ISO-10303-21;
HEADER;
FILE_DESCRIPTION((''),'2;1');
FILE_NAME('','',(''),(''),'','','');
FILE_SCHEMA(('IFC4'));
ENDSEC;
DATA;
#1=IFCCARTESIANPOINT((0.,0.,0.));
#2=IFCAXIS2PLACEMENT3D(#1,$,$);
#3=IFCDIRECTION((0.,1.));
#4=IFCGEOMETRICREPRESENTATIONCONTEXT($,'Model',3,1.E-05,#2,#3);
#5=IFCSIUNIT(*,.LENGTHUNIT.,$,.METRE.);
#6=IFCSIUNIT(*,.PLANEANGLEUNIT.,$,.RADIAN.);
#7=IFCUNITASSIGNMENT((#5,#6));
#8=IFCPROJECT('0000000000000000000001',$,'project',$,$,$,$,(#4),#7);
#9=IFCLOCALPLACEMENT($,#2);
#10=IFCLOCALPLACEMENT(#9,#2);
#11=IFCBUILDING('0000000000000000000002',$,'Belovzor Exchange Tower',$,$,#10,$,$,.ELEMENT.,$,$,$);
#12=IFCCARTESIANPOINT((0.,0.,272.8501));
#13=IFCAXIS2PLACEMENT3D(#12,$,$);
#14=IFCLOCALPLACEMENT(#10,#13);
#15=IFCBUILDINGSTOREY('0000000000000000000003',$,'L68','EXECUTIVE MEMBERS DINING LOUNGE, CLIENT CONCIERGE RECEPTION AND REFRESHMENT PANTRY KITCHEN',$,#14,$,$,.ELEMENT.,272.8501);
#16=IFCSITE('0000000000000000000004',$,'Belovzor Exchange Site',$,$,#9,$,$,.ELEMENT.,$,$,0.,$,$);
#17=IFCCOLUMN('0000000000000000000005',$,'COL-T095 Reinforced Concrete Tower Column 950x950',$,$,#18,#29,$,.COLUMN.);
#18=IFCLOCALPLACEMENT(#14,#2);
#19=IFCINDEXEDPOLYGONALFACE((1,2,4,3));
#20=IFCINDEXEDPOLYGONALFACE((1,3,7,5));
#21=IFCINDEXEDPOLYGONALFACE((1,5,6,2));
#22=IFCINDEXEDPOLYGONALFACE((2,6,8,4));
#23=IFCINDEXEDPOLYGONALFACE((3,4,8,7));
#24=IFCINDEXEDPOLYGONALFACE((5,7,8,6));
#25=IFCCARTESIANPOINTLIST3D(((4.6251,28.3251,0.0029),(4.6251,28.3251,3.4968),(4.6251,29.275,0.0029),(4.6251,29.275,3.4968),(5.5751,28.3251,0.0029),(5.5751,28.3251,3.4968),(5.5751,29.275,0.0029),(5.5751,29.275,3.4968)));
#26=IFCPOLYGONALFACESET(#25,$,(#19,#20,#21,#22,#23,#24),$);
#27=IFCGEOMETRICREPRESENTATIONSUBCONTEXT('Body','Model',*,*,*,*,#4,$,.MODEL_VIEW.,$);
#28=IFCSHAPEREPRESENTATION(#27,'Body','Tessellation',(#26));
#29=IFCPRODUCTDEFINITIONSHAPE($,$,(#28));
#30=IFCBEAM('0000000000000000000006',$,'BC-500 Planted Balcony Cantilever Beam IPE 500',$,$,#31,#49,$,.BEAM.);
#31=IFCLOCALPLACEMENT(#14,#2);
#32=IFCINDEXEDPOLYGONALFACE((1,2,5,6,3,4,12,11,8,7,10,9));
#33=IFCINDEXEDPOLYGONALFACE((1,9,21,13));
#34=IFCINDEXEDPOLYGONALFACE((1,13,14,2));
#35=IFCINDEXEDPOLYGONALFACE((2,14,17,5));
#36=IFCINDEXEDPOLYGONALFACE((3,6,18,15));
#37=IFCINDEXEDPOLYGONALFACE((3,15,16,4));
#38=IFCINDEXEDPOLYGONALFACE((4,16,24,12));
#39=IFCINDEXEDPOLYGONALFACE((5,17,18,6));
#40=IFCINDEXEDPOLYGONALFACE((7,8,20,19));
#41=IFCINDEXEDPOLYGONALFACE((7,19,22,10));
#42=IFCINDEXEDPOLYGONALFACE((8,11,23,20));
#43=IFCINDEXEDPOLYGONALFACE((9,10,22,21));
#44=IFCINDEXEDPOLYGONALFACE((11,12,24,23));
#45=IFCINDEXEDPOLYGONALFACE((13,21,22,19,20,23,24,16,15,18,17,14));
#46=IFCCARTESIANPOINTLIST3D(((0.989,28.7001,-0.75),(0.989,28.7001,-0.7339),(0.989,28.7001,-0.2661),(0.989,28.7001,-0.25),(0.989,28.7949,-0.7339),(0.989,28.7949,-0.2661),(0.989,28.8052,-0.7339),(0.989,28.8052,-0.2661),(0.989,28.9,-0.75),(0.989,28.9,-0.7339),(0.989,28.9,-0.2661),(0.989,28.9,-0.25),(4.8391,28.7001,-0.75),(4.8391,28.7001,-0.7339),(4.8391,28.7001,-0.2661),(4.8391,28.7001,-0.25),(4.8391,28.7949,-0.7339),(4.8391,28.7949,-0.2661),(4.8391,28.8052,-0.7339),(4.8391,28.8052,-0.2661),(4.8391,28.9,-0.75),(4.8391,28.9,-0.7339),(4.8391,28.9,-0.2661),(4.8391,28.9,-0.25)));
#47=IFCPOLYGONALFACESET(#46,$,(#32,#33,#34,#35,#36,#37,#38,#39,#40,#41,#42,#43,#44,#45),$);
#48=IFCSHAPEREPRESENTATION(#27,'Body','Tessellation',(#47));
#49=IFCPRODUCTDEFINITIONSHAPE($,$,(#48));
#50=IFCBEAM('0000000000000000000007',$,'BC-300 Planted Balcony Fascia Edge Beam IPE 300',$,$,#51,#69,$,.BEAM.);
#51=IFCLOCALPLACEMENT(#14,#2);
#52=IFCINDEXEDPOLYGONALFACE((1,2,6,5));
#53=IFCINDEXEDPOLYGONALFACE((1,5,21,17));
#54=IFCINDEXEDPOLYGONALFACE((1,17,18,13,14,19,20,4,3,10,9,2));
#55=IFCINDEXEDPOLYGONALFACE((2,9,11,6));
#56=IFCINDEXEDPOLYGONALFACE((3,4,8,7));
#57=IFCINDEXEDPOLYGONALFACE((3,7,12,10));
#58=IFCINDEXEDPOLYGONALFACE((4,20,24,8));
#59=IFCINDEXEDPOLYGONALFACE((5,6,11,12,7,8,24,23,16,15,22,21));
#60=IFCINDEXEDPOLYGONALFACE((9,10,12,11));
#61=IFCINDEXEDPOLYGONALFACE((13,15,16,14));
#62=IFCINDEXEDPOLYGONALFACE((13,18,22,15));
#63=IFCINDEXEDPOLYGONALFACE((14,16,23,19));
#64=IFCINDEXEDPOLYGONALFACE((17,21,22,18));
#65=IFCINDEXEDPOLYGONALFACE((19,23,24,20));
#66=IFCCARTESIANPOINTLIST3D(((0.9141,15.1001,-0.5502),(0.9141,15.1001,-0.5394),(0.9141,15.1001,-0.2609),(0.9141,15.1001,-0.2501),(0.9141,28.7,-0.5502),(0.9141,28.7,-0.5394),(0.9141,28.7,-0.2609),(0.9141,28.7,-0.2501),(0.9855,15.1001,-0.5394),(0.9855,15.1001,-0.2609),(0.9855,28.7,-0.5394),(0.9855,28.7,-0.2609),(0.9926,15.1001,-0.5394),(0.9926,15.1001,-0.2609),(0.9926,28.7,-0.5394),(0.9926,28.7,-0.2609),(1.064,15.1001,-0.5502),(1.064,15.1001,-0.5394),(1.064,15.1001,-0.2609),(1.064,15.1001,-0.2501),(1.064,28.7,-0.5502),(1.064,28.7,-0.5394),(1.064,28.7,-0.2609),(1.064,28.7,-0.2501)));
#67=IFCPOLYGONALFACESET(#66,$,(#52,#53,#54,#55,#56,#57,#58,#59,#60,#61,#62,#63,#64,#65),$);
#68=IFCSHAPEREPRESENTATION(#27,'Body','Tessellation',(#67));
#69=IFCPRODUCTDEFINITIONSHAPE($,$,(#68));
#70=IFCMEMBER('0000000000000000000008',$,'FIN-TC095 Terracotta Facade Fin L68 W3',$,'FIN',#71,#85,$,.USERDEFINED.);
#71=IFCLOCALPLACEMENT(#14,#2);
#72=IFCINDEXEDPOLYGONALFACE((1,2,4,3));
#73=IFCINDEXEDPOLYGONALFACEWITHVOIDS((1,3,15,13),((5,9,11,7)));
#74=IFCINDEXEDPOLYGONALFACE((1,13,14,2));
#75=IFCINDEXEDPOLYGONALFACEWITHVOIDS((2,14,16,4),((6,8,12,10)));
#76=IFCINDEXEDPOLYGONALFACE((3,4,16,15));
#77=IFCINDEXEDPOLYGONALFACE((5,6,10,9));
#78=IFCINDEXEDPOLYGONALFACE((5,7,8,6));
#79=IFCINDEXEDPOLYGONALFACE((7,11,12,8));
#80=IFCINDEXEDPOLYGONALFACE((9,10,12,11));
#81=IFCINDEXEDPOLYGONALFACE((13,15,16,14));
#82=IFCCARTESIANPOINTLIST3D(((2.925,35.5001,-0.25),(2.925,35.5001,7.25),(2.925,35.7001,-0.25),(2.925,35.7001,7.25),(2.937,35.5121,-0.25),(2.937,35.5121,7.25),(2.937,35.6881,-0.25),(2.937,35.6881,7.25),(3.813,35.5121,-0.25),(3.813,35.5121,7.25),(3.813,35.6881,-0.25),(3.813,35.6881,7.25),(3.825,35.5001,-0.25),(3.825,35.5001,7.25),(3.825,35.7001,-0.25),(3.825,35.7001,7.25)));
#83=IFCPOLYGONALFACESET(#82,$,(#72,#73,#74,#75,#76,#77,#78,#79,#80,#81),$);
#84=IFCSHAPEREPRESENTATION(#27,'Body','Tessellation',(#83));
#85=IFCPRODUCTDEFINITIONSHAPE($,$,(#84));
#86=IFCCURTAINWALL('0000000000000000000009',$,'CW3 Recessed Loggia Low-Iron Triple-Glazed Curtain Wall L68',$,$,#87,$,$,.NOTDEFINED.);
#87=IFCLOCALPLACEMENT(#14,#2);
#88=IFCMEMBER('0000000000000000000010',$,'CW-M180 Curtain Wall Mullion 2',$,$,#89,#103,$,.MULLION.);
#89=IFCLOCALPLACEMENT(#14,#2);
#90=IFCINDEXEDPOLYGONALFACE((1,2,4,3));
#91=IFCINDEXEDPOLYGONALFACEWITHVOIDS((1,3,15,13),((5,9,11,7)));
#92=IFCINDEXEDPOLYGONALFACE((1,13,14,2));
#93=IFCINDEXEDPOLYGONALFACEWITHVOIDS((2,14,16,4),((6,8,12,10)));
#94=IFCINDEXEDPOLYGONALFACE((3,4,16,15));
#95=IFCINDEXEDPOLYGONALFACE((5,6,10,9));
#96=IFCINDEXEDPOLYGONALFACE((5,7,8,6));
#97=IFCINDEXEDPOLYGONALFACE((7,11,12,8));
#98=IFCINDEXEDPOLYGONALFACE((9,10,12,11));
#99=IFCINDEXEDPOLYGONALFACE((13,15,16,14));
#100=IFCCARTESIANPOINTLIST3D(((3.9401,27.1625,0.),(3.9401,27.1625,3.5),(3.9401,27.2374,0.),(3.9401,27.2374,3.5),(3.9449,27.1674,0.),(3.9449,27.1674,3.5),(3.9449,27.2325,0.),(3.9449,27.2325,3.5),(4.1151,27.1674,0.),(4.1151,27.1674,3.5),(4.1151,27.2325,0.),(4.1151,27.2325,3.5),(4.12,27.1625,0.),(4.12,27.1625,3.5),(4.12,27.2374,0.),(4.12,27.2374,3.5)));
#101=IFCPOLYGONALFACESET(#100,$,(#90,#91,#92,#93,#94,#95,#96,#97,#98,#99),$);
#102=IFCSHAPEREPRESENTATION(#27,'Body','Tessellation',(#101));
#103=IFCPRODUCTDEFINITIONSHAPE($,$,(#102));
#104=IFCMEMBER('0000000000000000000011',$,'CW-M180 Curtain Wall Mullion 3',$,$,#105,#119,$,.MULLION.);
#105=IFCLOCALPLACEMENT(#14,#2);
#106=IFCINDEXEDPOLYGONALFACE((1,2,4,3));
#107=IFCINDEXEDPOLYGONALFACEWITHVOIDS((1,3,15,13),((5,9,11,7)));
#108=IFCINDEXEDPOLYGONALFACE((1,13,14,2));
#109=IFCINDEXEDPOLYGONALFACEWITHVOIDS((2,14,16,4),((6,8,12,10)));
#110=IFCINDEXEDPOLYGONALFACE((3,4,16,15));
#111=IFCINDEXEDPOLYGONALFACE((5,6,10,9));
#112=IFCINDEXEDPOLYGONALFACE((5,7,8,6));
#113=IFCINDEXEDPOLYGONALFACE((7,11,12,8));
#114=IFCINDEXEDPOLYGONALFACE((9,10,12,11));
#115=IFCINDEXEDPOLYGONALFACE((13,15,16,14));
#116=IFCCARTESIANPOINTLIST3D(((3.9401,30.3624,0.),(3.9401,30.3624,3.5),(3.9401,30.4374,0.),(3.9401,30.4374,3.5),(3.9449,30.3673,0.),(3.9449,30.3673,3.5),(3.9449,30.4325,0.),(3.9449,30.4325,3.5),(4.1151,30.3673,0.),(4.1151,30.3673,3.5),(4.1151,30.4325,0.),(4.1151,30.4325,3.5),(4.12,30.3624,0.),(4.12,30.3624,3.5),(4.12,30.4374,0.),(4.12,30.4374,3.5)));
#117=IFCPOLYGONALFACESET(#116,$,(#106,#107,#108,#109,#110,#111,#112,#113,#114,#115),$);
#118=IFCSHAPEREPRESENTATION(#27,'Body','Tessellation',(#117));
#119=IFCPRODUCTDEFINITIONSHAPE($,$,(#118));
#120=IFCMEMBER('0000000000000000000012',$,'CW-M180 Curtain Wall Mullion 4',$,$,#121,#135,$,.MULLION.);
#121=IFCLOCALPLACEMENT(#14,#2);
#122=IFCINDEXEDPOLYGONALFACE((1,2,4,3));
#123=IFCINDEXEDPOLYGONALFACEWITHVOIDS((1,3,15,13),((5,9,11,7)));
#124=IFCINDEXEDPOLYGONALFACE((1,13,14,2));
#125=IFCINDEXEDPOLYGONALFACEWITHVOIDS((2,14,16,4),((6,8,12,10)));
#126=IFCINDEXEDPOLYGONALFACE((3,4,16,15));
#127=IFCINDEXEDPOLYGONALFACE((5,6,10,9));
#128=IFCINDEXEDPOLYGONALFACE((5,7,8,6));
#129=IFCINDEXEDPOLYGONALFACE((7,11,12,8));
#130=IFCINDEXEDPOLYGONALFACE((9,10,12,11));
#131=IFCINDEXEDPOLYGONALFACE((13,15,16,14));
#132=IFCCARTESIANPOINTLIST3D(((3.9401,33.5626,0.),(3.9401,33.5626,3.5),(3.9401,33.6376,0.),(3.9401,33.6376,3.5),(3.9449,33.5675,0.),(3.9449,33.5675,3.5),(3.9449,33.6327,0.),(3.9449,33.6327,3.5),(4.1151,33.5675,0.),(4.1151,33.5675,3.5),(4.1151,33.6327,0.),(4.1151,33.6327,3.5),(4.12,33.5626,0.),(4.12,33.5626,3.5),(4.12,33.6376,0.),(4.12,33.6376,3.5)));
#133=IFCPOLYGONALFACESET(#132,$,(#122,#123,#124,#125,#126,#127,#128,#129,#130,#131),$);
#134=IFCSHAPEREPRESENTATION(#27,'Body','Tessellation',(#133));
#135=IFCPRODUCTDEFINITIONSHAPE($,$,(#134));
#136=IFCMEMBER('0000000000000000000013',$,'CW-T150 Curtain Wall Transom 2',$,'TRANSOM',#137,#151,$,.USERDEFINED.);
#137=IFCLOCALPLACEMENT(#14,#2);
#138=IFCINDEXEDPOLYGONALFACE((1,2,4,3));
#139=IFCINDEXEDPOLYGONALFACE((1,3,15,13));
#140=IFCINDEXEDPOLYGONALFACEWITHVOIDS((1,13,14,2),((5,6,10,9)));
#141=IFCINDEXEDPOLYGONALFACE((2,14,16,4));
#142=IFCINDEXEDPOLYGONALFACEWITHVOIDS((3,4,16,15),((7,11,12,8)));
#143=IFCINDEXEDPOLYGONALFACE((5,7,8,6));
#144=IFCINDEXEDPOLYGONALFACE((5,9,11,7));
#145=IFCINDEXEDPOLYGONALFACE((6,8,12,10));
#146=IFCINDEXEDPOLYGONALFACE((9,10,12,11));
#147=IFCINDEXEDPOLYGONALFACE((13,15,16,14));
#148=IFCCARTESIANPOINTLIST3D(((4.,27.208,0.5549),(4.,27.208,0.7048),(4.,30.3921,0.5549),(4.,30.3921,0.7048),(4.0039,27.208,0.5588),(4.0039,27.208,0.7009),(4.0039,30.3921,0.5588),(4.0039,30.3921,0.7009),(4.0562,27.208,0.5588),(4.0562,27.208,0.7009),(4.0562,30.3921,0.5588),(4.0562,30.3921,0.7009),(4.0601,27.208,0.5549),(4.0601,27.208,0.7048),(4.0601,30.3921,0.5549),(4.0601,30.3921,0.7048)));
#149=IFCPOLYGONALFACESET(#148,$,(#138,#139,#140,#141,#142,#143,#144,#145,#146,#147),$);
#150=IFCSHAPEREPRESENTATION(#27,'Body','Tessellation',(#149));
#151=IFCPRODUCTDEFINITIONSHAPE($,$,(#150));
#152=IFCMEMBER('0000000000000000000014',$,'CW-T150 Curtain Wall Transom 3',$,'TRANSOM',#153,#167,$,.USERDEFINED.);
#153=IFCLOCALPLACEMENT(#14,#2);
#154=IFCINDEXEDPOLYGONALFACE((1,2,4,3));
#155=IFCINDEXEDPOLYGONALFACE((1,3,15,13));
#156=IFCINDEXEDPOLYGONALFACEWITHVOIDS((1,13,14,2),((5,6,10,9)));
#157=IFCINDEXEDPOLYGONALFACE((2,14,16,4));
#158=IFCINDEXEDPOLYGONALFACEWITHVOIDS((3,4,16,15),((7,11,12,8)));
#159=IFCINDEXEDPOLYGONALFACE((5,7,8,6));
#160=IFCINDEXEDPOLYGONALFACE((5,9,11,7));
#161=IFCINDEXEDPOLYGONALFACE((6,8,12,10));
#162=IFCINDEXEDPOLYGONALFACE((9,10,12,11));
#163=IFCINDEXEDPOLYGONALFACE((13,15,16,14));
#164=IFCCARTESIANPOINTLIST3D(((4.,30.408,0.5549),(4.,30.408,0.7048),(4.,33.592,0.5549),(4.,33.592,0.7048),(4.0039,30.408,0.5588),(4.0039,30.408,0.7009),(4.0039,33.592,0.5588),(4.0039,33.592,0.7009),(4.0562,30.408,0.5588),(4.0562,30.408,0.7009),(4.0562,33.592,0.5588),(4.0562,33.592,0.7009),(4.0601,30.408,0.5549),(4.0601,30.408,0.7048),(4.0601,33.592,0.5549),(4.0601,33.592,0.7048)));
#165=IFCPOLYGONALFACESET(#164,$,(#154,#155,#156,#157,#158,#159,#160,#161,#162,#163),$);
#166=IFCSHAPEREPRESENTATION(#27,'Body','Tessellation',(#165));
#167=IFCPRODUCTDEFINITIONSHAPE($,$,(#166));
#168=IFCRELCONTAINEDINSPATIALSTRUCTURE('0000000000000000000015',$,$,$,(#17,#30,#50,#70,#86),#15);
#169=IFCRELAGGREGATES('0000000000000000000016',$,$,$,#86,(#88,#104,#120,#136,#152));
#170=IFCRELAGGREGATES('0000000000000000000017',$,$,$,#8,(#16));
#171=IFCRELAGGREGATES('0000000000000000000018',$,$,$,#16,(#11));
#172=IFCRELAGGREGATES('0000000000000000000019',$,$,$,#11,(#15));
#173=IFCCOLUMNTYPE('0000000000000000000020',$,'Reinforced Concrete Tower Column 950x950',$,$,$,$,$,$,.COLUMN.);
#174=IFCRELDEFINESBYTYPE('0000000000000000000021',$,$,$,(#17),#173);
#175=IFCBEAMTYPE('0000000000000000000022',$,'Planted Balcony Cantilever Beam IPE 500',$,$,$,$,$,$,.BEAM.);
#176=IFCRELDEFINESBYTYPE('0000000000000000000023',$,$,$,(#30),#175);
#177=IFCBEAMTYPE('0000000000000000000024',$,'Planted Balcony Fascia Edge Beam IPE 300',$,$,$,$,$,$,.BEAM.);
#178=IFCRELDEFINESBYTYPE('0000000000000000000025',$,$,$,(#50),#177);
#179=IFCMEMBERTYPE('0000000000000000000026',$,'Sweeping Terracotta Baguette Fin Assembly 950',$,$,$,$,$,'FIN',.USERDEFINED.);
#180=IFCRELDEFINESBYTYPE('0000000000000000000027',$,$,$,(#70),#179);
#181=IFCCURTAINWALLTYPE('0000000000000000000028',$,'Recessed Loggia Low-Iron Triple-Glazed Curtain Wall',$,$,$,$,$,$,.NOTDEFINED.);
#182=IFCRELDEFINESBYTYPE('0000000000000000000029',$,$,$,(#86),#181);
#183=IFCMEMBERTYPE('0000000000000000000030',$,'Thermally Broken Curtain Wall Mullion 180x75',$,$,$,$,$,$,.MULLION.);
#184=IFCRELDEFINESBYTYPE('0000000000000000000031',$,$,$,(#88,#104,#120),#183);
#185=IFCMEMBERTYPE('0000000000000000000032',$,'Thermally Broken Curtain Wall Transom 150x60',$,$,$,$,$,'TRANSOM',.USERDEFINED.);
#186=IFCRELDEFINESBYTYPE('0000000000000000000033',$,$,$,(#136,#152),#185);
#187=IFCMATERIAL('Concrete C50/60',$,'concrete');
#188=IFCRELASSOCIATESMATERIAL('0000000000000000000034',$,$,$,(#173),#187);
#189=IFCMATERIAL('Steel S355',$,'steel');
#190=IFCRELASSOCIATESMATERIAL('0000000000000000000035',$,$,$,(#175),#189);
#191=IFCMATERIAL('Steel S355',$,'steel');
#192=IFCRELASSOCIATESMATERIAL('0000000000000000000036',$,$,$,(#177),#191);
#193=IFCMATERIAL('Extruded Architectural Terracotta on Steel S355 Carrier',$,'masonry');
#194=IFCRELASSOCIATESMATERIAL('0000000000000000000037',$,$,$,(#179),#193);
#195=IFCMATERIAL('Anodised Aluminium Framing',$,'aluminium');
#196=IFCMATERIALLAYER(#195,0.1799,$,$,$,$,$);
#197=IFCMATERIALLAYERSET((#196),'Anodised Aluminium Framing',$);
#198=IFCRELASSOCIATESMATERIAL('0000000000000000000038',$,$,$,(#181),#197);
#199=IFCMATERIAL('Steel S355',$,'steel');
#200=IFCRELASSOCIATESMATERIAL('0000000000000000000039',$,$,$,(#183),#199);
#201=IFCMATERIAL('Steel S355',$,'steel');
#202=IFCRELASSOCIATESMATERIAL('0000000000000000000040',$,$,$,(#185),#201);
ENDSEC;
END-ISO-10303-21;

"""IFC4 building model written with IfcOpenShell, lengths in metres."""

from ifc_helpers import new_model, si_unit, direction, frame, origin, origin_2d, place, context, subcontext, project, spatial, rectangle, hollow_rectangle, i_section, extrude, material, layer, layer_set, material_profile, profile_set, type_object, element, aggregate, save


model = new_model("IFC4")

# Units and contexts
model_context = context("Model", 3, precision=1e-05, world=origin(), true_north=direction((0.0, 1.0)))
body_context = subcontext(model_context, "Body", "Model", "MODEL_VIEW")
ifc_project = project(units=[si_unit("LENGTHUNIT", "METRE"), si_unit("PLANEANGLEUNIT", "RADIAN")], contexts=[model_context])

# Site, building, storey
site_placement = place(None, origin())
site = spatial("IfcSite", under=ifc_project, at=site_placement, Name="Belovzor Exchange Site", CompositionType="ELEMENT", RefElevation=0.0)
building_placement = place(site_placement, origin())
building = spatial("IfcBuilding", under=site, at=building_placement, Name="Belovzor Exchange Tower", CompositionType="ELEMENT")
storey_placement = place(building_placement, frame((0.0, 0.0, 272.8501)))
storey = spatial("IfcBuildingStorey", under=building, at=storey_placement, Name="L68", Description="EXECUTIVE MEMBERS DINING LOUNGE, CLIENT CONCIERGE RECEPTION AND REFRESHMENT PANTRY KITCHEN", CompositionType="ELEMENT", Elevation=272.8501)

# Column
ifc_material_1 = material(Name="Concrete C50/60", Category="concrete")
ifc_material_profile_1 = material_profile(ifc_material_1, rectangle(XDim=0.95, YDim=0.95, at=origin_2d()))
ifc_profile_set_1 = profile_set([ifc_material_profile_1], Name="Concrete C50/60")
column_type = type_object("IfcColumnType", Name="Reinforced Concrete Tower Column 950x950", PredefinedType="COLUMN", material=ifc_profile_set_1)
column_placement = place(storey_placement, frame((5.1001, 28.8, 0.0029), z_axis=(0.0, 0.0, 1.0), x_axis=(1.0, 0.0, 0.0)))
element("IfcColumn", 1, at=column_placement, inside=storey, type_object=column_type, Name="COL-T095 Reinforced Concrete Tower Column 950x950", PredefinedType="COLUMN", context=body_context, shape_type="SweptSolid", body=[
    extrude(rectangle(XDim=0.95, YDim=0.95, at=origin_2d()), origin(), (0.0, 0.0, 1.0), 3.4939),
])

# Beams
ifc_material_2 = material(Name="Steel S355", Category="steel")
ifc_material_profile_2 = material_profile(ifc_material_2, i_section(OverallWidth=0.2, OverallDepth=0.5, WebThickness=0.0103, FlangeThickness=0.0161, at=origin_2d()))
ifc_profile_set_2 = profile_set([ifc_material_profile_2], Name="Steel S355")
beam_type_1 = type_object("IfcBeamType", Name="Planted Balcony Cantilever Beam IPE 500", PredefinedType="BEAM", material=ifc_profile_set_2)
beam_1_placement = place(storey_placement, frame((4.8391, 28.8, -0.5), z_axis=(-1.0, 0.0, 0.0), x_axis=(0.0, -1.0, 0.0)))
element("IfcBeam", 2, at=beam_1_placement, inside=storey, type_object=beam_type_1, Name="BC-500 Planted Balcony Cantilever Beam IPE 500", PredefinedType="BEAM", context=body_context, shape_type="SweptSolid", body=[
    extrude(i_section(OverallWidth=0.2, OverallDepth=0.5, WebThickness=0.0103, FlangeThickness=0.0161, at=origin_2d()), origin(), (0.0, 0.0, 1.0), 3.8501),
])
ifc_material_3 = material(Name="Steel S355", Category="steel")
ifc_material_profile_3 = material_profile(ifc_material_3, i_section(OverallWidth=0.1499, OverallDepth=0.3, WebThickness=0.0071, FlangeThickness=0.0107, at=origin_2d()))
ifc_profile_set_3 = profile_set([ifc_material_profile_3], Name="Steel S355")
beam_type_2 = type_object("IfcBeamType", Name="Planted Balcony Fascia Edge Beam IPE 300", PredefinedType="BEAM", material=ifc_profile_set_3)
beam_2_placement = place(storey_placement, frame((0.989, 28.7, -0.4001), z_axis=(0.0, -1.0, 0.0), x_axis=(1.0, 0.0, 0.0)))
element("IfcBeam", 3, at=beam_2_placement, inside=storey, type_object=beam_type_2, Name="BC-300 Planted Balcony Fascia Edge Beam IPE 300", PredefinedType="BEAM", context=body_context, shape_type="SweptSolid", body=[
    extrude(i_section(OverallWidth=0.1499, OverallDepth=0.3, WebThickness=0.0071, FlangeThickness=0.0107, at=origin_2d()), origin(), (0.0, 0.0, 1.0), 13.5999),
])

# Member
ifc_material_4 = material(Name="Extruded Architectural Terracotta on Steel S355 Carrier", Category="masonry")
ifc_material_profile_4 = material_profile(ifc_material_4, hollow_rectangle(XDim=0.2, YDim=0.8999, WallThickness=0.012, at=origin_2d()))
ifc_profile_set_4 = profile_set([ifc_material_profile_4], Name="Extruded Architectural Terracotta on Steel S355 Carrier")
member_type_1 = type_object("IfcMemberType", Name="Sweeping Terracotta Baguette Fin Assembly 950", ElementType="FIN", PredefinedType="USERDEFINED", material=ifc_profile_set_4)
member_1_placement = place(storey_placement, frame((3.375, 35.6001, -0.25), z_axis=(0.0, 0.0, 1.0), x_axis=(0.0, 1.0, 0.0)))
element("IfcMember", 4, at=member_1_placement, inside=storey, type_object=member_type_1, Name="FIN-TC095 Terracotta Facade Fin L68 W3", ObjectType="FIN", PredefinedType="USERDEFINED", context=body_context, shape_type="SweptSolid", body=[
    extrude(hollow_rectangle(XDim=0.2, YDim=0.8999, WallThickness=0.012, at=origin_2d()), origin(), (0.0, 0.0, 1.0), 7.5),
])

# Curtain wall, members
ifc_material_5 = material(Name="Anodised Aluminium Framing", Category="aluminium")
ifc_layer_1 = layer(ifc_material_5, 0.1799)
ifc_layer_set_1 = layer_set([ifc_layer_1], Name="Anodised Aluminium Framing")
curtain_wall_type = type_object("IfcCurtainWallType", Name="Recessed Loggia Low-Iron Triple-Glazed Curtain Wall", PredefinedType="NOTDEFINED", material=ifc_layer_set_1)
curtain_wall_placement = place(storey_placement, origin())
curtain_wall = element("IfcCurtainWall", 5, at=curtain_wall_placement, inside=storey, type_object=curtain_wall_type, Name="CW3 Recessed Loggia Low-Iron Triple-Glazed Curtain Wall L68", PredefinedType="NOTDEFINED")
ifc_material_6 = material(Name="Steel S355", Category="steel")
ifc_material_profile_5 = material_profile(ifc_material_6, hollow_rectangle(XDim=0.075, YDim=0.1799, WallThickness=0.0049, at=origin_2d()))
ifc_profile_set_5 = profile_set([ifc_material_profile_5], Name="Steel S355")
member_type_2 = type_object("IfcMemberType", Name="Thermally Broken Curtain Wall Mullion 180x75", PredefinedType="MULLION", material=ifc_profile_set_5)
member_2_placement = place(storey_placement, frame((4.03, 27.2, 0.0), z_axis=(0.0, 0.0, 1.0), x_axis=(0.0, 1.0, 0.0)))
member_2 = element("IfcMember", 6, at=member_2_placement, type_object=member_type_2, Name="CW-M180 Curtain Wall Mullion 2", PredefinedType="MULLION", context=body_context, shape_type="SweptSolid", body=[
    extrude(hollow_rectangle(XDim=0.075, YDim=0.1799, WallThickness=0.0049, at=origin_2d()), origin(), (0.0, 0.0, 1.0), 3.5),
])
member_3_placement = place(storey_placement, frame((4.03, 30.3999, 0.0), z_axis=(0.0, 0.0, 1.0), x_axis=(0.0, 1.0, 0.0)))
member_3 = element("IfcMember", 7, at=member_3_placement, type_object=member_type_2, Name="CW-M180 Curtain Wall Mullion 3", PredefinedType="MULLION", context=body_context, shape_type="SweptSolid", body=[
    extrude(hollow_rectangle(XDim=0.075, YDim=0.1799, WallThickness=0.0049, at=origin_2d()), origin(), (0.0, 0.0, 1.0), 3.5),
])
member_4_placement = place(storey_placement, frame((4.03, 33.6001, 0.0), z_axis=(0.0, 0.0, 1.0), x_axis=(0.0, 1.0, 0.0)))
member_4 = element("IfcMember", 8, at=member_4_placement, type_object=member_type_2, Name="CW-M180 Curtain Wall Mullion 4", PredefinedType="MULLION", context=body_context, shape_type="SweptSolid", body=[
    extrude(hollow_rectangle(XDim=0.075, YDim=0.1799, WallThickness=0.0049, at=origin_2d()), origin(), (0.0, 0.0, 1.0), 3.5),
])
ifc_material_7 = material(Name="Steel S355", Category="steel")
ifc_material_profile_6 = material_profile(ifc_material_7, hollow_rectangle(XDim=0.0601, YDim=0.1499, WallThickness=0.0039, at=origin_2d()))
ifc_profile_set_6 = profile_set([ifc_material_profile_6], Name="Steel S355")
member_type_3 = type_object("IfcMemberType", Name="Thermally Broken Curtain Wall Transom 150x60", ElementType="TRANSOM", PredefinedType="USERDEFINED", material=ifc_profile_set_6)
member_5_placement = place(storey_placement, frame((4.03, 27.208, 0.6299), z_axis=(0.0, 1.0, 0.0), x_axis=(-1.0, 0.0, 0.0)))
member_5 = element("IfcMember", 9, at=member_5_placement, type_object=member_type_3, Name="CW-T150 Curtain Wall Transom 2", ObjectType="TRANSOM", PredefinedType="USERDEFINED", context=body_context, shape_type="SweptSolid", body=[
    extrude(hollow_rectangle(XDim=0.0601, YDim=0.1499, WallThickness=0.0039, at=origin_2d()), origin(), (0.0, 0.0, 1.0), 3.1841),
])
member_6_placement = place(storey_placement, frame((4.03, 30.408, 0.6299), z_axis=(0.0, 1.0, 0.0), x_axis=(-1.0, 0.0, 0.0)))
member_6 = element("IfcMember", 10, at=member_6_placement, type_object=member_type_3, Name="CW-T150 Curtain Wall Transom 3", ObjectType="TRANSOM", PredefinedType="USERDEFINED", context=body_context, shape_type="SweptSolid", body=[
    extrude(hollow_rectangle(XDim=0.0601, YDim=0.1499, WallThickness=0.0039, at=origin_2d()), origin(), (0.0, 0.0, 1.0), 3.1841),
])

aggregate(curtain_wall, [member_2, member_3, member_4, member_5, member_6])

save(model, "model.ifc")
